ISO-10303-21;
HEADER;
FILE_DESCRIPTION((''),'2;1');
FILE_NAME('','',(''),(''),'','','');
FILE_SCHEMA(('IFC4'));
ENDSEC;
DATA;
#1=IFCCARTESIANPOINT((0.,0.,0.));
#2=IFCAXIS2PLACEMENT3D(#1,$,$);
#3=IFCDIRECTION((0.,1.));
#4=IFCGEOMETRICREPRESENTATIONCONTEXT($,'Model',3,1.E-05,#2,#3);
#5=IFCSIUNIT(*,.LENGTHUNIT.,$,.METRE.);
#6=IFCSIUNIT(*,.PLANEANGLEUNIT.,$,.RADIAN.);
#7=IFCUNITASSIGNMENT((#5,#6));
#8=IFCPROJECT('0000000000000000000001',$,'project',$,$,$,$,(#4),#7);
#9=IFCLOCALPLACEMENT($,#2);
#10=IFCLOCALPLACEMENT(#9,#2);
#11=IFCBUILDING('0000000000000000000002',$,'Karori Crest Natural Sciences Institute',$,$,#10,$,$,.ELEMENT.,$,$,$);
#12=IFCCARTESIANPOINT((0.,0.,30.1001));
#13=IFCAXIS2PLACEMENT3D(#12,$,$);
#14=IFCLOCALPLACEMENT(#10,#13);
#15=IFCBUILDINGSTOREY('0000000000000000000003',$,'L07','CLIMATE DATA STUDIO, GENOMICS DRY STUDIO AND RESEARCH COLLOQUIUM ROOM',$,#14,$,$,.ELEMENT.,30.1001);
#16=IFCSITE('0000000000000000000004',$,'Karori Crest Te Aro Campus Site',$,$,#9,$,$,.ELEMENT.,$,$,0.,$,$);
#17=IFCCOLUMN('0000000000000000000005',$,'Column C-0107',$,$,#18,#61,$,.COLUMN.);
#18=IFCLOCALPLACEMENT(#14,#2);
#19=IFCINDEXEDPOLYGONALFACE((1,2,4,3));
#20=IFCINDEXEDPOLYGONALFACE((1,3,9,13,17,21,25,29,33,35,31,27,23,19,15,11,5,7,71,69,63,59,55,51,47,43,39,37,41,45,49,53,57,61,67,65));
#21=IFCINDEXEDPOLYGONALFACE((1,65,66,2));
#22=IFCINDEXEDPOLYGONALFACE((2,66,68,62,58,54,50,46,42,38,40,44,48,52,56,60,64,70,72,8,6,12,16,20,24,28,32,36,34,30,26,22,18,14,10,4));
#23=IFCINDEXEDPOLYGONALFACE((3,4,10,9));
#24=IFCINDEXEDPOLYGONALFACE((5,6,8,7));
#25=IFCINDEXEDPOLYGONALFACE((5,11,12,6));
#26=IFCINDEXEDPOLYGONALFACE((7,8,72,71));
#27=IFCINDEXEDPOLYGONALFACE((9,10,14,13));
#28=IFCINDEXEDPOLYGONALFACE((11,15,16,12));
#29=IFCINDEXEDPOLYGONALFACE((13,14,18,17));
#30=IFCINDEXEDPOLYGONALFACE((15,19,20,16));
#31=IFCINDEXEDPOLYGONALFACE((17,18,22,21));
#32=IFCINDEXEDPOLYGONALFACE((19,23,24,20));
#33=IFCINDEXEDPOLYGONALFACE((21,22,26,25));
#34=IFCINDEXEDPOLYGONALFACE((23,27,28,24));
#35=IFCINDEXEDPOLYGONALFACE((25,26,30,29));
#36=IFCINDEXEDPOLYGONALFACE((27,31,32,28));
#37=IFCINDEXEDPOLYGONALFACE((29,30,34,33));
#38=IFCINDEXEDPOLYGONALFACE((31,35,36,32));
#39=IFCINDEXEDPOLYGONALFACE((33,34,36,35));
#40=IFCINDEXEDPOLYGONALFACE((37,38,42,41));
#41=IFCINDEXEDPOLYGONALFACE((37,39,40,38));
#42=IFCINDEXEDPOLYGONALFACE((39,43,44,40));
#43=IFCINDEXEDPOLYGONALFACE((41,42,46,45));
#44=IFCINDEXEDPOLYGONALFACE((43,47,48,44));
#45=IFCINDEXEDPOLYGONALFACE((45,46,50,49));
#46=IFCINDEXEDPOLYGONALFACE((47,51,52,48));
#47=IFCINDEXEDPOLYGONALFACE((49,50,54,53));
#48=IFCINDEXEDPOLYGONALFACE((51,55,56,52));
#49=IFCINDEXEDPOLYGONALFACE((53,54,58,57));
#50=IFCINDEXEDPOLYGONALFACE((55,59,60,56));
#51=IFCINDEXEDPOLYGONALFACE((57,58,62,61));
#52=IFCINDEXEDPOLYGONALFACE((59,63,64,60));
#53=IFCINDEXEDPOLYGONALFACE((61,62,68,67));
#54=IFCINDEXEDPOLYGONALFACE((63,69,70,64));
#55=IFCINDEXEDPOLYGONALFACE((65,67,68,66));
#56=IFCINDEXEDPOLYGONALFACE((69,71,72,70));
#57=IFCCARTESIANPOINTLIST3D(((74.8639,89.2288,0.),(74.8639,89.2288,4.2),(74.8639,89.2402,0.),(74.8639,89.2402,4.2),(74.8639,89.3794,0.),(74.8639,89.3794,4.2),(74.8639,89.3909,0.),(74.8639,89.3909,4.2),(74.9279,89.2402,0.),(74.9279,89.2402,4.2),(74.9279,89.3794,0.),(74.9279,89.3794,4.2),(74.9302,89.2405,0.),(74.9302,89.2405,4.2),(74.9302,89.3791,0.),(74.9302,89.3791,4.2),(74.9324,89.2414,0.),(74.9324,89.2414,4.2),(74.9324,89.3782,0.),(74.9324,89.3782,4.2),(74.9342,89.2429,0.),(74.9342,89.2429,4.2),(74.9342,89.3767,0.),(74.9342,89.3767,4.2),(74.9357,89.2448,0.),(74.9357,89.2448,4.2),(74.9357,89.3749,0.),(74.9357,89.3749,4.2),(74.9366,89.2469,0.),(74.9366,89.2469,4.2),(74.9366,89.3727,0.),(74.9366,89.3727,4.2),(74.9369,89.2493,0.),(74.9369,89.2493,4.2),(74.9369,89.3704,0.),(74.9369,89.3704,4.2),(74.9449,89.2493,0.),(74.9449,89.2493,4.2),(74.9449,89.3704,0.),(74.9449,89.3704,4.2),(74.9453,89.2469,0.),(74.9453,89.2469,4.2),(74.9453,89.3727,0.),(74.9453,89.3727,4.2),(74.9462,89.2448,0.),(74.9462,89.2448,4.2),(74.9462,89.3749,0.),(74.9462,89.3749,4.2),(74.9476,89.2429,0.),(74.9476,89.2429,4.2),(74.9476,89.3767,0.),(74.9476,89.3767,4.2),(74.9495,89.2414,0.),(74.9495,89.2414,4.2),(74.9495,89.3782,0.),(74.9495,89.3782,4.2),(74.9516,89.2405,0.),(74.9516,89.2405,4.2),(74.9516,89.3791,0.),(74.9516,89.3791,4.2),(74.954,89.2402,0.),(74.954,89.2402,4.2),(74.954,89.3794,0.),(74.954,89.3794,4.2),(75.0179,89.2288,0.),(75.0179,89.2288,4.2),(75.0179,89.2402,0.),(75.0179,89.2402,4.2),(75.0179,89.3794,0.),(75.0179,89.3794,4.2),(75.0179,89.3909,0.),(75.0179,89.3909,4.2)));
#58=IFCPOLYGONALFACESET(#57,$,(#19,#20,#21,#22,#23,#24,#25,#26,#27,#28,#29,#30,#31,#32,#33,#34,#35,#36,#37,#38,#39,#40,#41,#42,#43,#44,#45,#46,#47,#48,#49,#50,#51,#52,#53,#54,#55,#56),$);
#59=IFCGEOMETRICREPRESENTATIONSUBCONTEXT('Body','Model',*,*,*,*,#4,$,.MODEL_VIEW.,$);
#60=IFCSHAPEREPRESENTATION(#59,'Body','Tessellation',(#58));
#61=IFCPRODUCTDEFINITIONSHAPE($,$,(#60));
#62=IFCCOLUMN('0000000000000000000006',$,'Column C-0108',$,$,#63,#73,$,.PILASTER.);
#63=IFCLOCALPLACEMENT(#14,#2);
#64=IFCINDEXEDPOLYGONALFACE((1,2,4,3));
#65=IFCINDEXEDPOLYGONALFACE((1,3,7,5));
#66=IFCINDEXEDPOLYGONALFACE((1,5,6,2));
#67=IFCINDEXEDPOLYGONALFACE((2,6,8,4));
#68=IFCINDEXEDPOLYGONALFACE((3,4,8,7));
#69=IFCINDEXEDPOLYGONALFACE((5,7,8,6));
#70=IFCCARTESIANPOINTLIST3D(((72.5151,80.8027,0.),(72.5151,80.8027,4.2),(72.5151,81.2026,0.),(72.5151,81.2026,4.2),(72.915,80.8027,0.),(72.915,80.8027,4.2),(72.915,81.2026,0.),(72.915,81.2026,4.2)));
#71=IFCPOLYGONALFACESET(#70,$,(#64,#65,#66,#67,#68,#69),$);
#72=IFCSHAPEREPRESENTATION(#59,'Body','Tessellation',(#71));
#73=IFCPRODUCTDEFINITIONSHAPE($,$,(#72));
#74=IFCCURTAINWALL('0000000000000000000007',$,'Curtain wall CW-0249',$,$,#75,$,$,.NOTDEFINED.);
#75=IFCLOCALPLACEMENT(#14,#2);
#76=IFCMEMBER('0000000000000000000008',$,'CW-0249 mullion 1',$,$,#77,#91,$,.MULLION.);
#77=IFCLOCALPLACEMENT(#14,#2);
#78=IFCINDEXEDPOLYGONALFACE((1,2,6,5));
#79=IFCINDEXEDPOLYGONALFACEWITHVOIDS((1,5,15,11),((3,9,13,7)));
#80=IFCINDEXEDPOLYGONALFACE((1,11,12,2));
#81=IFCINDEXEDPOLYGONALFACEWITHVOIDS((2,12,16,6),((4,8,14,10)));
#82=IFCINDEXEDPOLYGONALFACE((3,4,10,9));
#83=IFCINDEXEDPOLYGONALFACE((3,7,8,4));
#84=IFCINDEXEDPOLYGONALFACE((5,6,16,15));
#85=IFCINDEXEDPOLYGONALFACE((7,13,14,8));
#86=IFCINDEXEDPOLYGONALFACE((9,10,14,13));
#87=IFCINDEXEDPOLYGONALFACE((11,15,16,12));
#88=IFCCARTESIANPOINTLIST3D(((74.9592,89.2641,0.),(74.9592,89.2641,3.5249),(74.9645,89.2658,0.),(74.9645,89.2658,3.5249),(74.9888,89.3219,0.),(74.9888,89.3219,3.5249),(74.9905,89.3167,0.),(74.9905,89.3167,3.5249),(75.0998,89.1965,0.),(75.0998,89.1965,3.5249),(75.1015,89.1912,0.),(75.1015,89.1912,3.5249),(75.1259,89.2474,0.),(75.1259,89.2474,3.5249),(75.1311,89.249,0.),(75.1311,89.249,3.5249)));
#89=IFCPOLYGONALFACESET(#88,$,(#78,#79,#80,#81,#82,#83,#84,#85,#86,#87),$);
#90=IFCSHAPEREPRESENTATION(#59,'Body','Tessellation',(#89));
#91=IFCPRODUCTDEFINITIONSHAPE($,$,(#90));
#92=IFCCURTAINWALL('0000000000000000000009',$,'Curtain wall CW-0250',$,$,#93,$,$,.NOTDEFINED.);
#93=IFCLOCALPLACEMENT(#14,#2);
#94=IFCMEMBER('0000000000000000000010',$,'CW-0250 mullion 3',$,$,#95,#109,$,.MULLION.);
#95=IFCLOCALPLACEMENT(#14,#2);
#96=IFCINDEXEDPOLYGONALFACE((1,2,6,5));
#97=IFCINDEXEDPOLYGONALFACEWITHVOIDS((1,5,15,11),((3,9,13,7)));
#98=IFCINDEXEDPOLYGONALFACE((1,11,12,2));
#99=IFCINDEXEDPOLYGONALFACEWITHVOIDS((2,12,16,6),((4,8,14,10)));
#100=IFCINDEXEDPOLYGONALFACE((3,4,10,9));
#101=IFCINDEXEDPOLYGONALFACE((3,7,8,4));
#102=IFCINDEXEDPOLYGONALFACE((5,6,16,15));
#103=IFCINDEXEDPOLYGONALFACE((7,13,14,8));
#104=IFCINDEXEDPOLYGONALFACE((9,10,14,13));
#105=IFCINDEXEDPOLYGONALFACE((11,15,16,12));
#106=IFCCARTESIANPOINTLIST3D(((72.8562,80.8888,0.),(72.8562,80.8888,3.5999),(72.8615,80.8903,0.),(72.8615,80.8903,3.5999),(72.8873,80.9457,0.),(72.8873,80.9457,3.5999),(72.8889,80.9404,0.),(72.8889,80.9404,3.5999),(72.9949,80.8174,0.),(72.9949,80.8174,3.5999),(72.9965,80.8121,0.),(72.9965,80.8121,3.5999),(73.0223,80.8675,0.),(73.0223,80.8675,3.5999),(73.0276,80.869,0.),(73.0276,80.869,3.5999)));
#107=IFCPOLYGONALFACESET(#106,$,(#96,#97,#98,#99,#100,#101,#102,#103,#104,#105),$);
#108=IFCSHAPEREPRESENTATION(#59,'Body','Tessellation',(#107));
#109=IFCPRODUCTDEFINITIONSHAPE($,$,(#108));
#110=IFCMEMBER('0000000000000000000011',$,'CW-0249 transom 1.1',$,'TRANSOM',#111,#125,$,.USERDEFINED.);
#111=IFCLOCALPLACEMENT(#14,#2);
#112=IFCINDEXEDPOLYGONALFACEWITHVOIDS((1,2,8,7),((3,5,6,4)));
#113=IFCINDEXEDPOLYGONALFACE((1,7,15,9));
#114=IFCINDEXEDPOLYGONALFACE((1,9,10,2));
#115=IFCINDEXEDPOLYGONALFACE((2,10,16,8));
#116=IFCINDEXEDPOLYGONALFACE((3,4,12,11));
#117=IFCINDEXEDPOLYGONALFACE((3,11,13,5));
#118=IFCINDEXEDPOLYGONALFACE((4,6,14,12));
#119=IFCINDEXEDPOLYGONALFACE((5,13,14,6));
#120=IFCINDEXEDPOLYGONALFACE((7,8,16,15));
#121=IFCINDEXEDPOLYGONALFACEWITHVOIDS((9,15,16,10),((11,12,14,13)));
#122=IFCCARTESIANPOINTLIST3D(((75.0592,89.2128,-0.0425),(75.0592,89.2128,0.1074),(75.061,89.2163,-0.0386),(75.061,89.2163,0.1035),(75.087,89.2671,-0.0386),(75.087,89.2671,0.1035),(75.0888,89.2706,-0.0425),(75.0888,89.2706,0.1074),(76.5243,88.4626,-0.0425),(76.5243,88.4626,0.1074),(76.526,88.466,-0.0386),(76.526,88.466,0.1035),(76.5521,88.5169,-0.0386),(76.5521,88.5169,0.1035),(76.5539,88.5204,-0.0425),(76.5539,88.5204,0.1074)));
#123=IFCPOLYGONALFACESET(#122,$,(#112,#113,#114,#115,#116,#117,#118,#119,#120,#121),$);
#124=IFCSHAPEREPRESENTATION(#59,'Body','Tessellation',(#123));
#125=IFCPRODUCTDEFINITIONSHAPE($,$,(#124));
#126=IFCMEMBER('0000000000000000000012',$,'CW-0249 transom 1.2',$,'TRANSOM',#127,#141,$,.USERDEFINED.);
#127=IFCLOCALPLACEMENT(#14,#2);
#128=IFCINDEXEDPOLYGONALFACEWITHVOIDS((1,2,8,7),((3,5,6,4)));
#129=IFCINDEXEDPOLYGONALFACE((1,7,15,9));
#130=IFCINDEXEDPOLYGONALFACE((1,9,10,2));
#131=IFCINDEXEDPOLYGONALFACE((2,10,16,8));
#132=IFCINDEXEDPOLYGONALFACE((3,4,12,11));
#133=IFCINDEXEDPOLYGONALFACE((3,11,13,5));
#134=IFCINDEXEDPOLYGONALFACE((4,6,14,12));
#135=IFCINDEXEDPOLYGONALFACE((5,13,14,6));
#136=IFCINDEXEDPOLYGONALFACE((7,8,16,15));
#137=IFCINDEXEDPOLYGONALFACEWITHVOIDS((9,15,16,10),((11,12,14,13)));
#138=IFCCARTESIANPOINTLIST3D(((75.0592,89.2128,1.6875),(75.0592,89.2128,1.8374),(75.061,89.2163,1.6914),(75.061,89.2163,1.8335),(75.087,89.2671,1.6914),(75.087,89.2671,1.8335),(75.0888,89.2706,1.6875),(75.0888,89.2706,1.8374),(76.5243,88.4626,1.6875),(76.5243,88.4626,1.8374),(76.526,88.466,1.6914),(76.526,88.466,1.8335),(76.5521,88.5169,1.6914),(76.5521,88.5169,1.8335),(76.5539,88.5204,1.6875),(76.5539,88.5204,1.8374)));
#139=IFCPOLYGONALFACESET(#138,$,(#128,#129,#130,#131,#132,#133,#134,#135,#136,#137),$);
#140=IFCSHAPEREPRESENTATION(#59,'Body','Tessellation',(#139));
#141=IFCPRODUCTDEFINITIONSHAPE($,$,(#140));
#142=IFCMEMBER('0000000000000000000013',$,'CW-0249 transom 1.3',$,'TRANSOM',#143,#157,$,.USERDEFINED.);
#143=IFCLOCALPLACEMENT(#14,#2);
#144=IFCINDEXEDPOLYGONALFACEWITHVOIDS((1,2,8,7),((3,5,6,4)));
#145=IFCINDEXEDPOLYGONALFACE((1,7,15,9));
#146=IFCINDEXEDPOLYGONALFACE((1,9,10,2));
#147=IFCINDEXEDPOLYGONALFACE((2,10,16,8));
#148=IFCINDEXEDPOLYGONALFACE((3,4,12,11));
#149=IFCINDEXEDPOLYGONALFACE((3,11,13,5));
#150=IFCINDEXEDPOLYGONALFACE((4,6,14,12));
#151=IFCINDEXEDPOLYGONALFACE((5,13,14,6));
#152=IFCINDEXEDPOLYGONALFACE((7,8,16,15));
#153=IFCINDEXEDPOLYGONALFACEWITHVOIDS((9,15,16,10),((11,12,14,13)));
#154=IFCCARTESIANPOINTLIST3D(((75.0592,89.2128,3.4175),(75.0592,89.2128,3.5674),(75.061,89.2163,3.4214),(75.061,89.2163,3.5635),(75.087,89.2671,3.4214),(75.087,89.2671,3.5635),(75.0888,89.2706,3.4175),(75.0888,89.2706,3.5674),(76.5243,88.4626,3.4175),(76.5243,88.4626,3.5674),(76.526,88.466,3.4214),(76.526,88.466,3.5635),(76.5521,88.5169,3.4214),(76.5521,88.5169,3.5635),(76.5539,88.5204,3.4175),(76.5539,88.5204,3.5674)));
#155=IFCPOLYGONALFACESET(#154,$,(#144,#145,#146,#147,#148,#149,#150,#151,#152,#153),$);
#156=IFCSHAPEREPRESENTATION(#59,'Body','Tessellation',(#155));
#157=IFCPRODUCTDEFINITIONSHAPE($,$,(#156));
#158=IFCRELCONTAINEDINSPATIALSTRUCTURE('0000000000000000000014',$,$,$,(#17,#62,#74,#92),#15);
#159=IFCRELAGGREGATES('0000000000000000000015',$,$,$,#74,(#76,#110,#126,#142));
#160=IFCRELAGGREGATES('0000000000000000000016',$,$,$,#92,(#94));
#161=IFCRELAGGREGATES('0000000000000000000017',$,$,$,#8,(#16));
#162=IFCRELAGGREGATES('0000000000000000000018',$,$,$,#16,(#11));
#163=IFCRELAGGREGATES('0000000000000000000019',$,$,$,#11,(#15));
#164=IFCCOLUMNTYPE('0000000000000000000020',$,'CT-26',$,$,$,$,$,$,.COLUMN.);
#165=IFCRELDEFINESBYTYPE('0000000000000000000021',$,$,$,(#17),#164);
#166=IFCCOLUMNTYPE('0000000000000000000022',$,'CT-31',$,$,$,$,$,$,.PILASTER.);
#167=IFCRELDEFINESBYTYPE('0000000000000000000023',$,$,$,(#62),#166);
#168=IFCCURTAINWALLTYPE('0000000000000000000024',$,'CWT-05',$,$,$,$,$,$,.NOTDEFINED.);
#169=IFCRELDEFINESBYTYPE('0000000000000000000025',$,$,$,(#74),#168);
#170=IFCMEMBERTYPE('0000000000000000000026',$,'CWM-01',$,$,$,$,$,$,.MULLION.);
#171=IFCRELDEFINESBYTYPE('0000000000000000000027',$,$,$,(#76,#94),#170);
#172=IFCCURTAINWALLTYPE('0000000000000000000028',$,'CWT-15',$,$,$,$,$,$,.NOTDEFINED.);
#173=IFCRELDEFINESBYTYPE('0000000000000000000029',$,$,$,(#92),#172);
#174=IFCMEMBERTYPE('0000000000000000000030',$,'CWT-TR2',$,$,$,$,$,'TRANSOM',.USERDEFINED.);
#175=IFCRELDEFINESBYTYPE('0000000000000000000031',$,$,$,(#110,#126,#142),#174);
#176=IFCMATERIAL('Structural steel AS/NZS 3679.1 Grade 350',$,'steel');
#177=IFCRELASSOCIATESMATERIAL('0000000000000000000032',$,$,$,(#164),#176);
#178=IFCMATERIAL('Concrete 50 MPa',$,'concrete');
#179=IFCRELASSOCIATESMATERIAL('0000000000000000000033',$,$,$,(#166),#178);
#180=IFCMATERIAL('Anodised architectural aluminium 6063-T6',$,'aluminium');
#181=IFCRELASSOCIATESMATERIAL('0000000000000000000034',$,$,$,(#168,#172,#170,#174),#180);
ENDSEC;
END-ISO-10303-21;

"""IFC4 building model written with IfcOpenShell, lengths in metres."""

from ifc_helpers import new_model, si_unit, direction, frame, origin, origin_2d, place, context, subcontext, project, spatial, rectangle, hollow_rectangle, i_section, extrude, material, material_profile, profile_set, type_object, element, aggregate, save


model = new_model("IFC4")

# Units and contexts
model_context = context("Model", 3, precision=1e-05, world=origin(), true_north=direction((0.0, 1.0)))
body_context = subcontext(model_context, "Body", "Model", "MODEL_VIEW")
ifc_project = project(units=[si_unit("LENGTHUNIT", "METRE"), si_unit("PLANEANGLEUNIT", "RADIAN")], contexts=[model_context])

# Site, building, storey
site_placement = place(None, origin())
site = spatial("IfcSite", under=ifc_project, at=site_placement, Name="Karori Crest Te Aro Campus Site", CompositionType="ELEMENT", RefElevation=0.0)
building_placement = place(site_placement, origin())
building = spatial("IfcBuilding", under=site, at=building_placement, Name="Karori Crest Natural Sciences Institute", CompositionType="ELEMENT")
storey_placement = place(building_placement, frame((0.0, 0.0, 30.1001)))
storey = spatial("IfcBuildingStorey", under=building, at=storey_placement, Name="L07", Description="CLIMATE DATA STUDIO, GENOMICS DRY STUDIO AND RESEARCH COLLOQUIUM ROOM", CompositionType="ELEMENT", Elevation=30.1001)

# Columns
ifc_material_1 = material(Name="Structural steel AS/NZS 3679.1 Grade 350", Category="steel")
ifc_material_profile_1 = material_profile(ifc_material_1, i_section(OverallWidth=0.1541, OverallDepth=0.1621, WebThickness=0.0081, FlangeThickness=0.0115, FilletRadius=0.009, at=origin_2d()), Name="150UC37.2")
ifc_profile_set_1 = profile_set([ifc_material_profile_1], Name="Structural steel AS/NZS 3679.1 Grade 350")
column_type_1 = type_object("IfcColumnType", Name="CT-26", PredefinedType="COLUMN", material=ifc_profile_set_1)
column_1_placement = place(storey_placement, frame((74.9409, 89.3098, 0.0), z_axis=(0.0, 0.0, 1.0), x_axis=(1.0, 0.0, 0.0)))
element("IfcColumn", 1, at=column_1_placement, inside=storey, type_object=column_type_1, Name="Column C-0107", PredefinedType="COLUMN", context=body_context, shape_type="SweptSolid", body=[
    extrude(i_section(OverallWidth=0.1541, OverallDepth=0.1621, WebThickness=0.0081, FlangeThickness=0.0115, FilletRadius=0.009, at=origin_2d()), origin(), (0.0, 0.0, 1.0), 4.2),
])
ifc_material_2 = material(Name="Concrete 50 MPa", Category="concrete")
ifc_material_profile_2 = material_profile(ifc_material_2, rectangle(XDim=0.3999, YDim=0.3999, at=origin_2d()), Name="RC400x400")
ifc_profile_set_2 = profile_set([ifc_material_profile_2], Name="Concrete 50 MPa")
column_type_2 = type_object("IfcColumnType", Name="CT-31", PredefinedType="PILASTER", material=ifc_profile_set_2)
column_2_placement = place(storey_placement, frame((72.7151, 81.0027, 0.0), z_axis=(0.0, 0.0, 1.0), x_axis=(1.0, 0.0, 0.0)))
element("IfcColumn", 2, at=column_2_placement, inside=storey, type_object=column_type_2, Name="Column C-0108", PredefinedType="PILASTER", context=body_context, shape_type="SweptSolid", body=[
    extrude(rectangle(XDim=0.3999, YDim=0.3999, at=origin_2d()), origin(), (0.0, 0.0, 1.0), 4.2),
])

# Curtain walls, members
ifc_material_3 = material(Name="Anodised architectural aluminium 6063-T6", Category="aluminium")
curtain_wall_type_1 = type_object("IfcCurtainWallType", Name="CWT-05", PredefinedType="NOTDEFINED", material=ifc_material_3)
curtain_wall_1_placement = place(storey_placement, origin())
curtain_wall_1 = element("IfcCurtainWall", 3, at=curtain_wall_1_placement, inside=storey, type_object=curtain_wall_type_1, Name="Curtain wall CW-0249", PredefinedType="NOTDEFINED")
ifc_material_profile_3 = material_profile(ifc_material_3, hollow_rectangle(XDim=0.0649, YDim=0.1599, WallThickness=0.0039, at=origin_2d()), Name="CWM160x65x4")
ifc_profile_set_3 = profile_set([ifc_material_profile_3], Name="Anodised architectural aluminium 6063-T6")
member_type_1 = type_object("IfcMemberType", Name="CWM-01", PredefinedType="MULLION", material=ifc_profile_set_3)
member_1_placement = place(storey_placement, frame((75.0452, 89.2566, 0.0), z_axis=(0.0, 0.0, 1.0), x_axis=(0.455829, 0.890067, 0.0)))
member_1 = element("IfcMember", 4, at=member_1_placement, type_object=member_type_1, Name="CW-0249 mullion 1", PredefinedType="MULLION", context=body_context, shape_type="SweptSolid", body=[
    extrude(hollow_rectangle(XDim=0.0649, YDim=0.1599, WallThickness=0.0039, at=origin_2d()), origin(), (0.0, 0.0, 1.0), 3.5249),
])
curtain_wall_type_2 = type_object("IfcCurtainWallType", Name="CWT-15", PredefinedType="NOTDEFINED", material=ifc_material_3)
curtain_wall_2_placement = place(storey_placement, origin())
curtain_wall_2 = element("IfcCurtainWall", 5, at=curtain_wall_2_placement, inside=storey, type_object=curtain_wall_type_2, Name="Curtain wall CW-0250", PredefinedType="NOTDEFINED")
member_2_placement = place(storey_placement, frame((72.9419, 80.8789, 0.0), z_axis=(0.0, 0.0, 1.0), x_axis=(-0.479631, -0.87747, 0.0)))
member_2 = element("IfcMember", 6, at=member_2_placement, type_object=member_type_1, Name="CW-0250 mullion 3", PredefinedType="MULLION", context=body_context, shape_type="SweptSolid", body=[
    extrude(hollow_rectangle(XDim=0.0649, YDim=0.1599, WallThickness=0.0039, at=origin_2d()), origin(), (0.0, 0.0, 1.0), 3.5999),
])

# Members
ifc_material_profile_4 = material_profile(ifc_material_3, hollow_rectangle(XDim=0.0649, YDim=0.1499, WallThickness=0.0039, at=origin_2d()), Name="CWT150x65x4")
ifc_profile_set_4 = profile_set([ifc_material_profile_4], Name="Anodised architectural aluminium 6063-T6")
member_type_2 = type_object("IfcMemberType", Name="CWT-TR2", ElementType="TRANSOM", PredefinedType="USERDEFINED", material=ifc_profile_set_4)
member_3_placement = place(storey_placement, frame((75.074, 89.2417, 0.0325), z_axis=(0.890084, -0.455796, 0.0), x_axis=(0.455796, 0.890084, 0.0)))
member_3 = element("IfcMember", 7, at=member_3_placement, type_object=member_type_2, Name="CW-0249 transom 1.1", ObjectType="TRANSOM", PredefinedType="USERDEFINED", context=body_context, shape_type="SweptSolid", body=[
    extrude(hollow_rectangle(XDim=0.0649, YDim=0.1499, WallThickness=0.0039, at=origin_2d()), origin(), (0.0, 0.0, 1.0), 1.646),
])
member_4_placement = place(storey_placement, frame((75.074, 89.2417, 1.7625), z_axis=(0.890084, -0.455796, 0.0), x_axis=(0.455796, 0.890084, 0.0)))
member_4 = element("IfcMember", 8, at=member_4_placement, type_object=member_type_2, Name="CW-0249 transom 1.2", ObjectType="TRANSOM", PredefinedType="USERDEFINED", context=body_context, shape_type="SweptSolid", body=[
    extrude(hollow_rectangle(XDim=0.0649, YDim=0.1499, WallThickness=0.0039, at=origin_2d()), origin(), (0.0, 0.0, 1.0), 1.646),
])
member_5_placement = place(storey_placement, frame((75.074, 89.2417, 3.4924), z_axis=(0.890084, -0.455796, 0.0), x_axis=(0.455796, 0.890084, 0.0)))
member_5 = element("IfcMember", 9, at=member_5_placement, type_object=member_type_2, Name="CW-0249 transom 1.3", ObjectType="TRANSOM", PredefinedType="USERDEFINED", context=body_context, shape_type="SweptSolid", body=[
    extrude(hollow_rectangle(XDim=0.0649, YDim=0.1499, WallThickness=0.0039, at=origin_2d()), origin(), (0.0, 0.0, 1.0), 1.646),
])
aggregate(curtain_wall_1, [member_1, member_3, member_4, member_5])

aggregate(curtain_wall_2, [member_2])

save(model, "model.ifc")
